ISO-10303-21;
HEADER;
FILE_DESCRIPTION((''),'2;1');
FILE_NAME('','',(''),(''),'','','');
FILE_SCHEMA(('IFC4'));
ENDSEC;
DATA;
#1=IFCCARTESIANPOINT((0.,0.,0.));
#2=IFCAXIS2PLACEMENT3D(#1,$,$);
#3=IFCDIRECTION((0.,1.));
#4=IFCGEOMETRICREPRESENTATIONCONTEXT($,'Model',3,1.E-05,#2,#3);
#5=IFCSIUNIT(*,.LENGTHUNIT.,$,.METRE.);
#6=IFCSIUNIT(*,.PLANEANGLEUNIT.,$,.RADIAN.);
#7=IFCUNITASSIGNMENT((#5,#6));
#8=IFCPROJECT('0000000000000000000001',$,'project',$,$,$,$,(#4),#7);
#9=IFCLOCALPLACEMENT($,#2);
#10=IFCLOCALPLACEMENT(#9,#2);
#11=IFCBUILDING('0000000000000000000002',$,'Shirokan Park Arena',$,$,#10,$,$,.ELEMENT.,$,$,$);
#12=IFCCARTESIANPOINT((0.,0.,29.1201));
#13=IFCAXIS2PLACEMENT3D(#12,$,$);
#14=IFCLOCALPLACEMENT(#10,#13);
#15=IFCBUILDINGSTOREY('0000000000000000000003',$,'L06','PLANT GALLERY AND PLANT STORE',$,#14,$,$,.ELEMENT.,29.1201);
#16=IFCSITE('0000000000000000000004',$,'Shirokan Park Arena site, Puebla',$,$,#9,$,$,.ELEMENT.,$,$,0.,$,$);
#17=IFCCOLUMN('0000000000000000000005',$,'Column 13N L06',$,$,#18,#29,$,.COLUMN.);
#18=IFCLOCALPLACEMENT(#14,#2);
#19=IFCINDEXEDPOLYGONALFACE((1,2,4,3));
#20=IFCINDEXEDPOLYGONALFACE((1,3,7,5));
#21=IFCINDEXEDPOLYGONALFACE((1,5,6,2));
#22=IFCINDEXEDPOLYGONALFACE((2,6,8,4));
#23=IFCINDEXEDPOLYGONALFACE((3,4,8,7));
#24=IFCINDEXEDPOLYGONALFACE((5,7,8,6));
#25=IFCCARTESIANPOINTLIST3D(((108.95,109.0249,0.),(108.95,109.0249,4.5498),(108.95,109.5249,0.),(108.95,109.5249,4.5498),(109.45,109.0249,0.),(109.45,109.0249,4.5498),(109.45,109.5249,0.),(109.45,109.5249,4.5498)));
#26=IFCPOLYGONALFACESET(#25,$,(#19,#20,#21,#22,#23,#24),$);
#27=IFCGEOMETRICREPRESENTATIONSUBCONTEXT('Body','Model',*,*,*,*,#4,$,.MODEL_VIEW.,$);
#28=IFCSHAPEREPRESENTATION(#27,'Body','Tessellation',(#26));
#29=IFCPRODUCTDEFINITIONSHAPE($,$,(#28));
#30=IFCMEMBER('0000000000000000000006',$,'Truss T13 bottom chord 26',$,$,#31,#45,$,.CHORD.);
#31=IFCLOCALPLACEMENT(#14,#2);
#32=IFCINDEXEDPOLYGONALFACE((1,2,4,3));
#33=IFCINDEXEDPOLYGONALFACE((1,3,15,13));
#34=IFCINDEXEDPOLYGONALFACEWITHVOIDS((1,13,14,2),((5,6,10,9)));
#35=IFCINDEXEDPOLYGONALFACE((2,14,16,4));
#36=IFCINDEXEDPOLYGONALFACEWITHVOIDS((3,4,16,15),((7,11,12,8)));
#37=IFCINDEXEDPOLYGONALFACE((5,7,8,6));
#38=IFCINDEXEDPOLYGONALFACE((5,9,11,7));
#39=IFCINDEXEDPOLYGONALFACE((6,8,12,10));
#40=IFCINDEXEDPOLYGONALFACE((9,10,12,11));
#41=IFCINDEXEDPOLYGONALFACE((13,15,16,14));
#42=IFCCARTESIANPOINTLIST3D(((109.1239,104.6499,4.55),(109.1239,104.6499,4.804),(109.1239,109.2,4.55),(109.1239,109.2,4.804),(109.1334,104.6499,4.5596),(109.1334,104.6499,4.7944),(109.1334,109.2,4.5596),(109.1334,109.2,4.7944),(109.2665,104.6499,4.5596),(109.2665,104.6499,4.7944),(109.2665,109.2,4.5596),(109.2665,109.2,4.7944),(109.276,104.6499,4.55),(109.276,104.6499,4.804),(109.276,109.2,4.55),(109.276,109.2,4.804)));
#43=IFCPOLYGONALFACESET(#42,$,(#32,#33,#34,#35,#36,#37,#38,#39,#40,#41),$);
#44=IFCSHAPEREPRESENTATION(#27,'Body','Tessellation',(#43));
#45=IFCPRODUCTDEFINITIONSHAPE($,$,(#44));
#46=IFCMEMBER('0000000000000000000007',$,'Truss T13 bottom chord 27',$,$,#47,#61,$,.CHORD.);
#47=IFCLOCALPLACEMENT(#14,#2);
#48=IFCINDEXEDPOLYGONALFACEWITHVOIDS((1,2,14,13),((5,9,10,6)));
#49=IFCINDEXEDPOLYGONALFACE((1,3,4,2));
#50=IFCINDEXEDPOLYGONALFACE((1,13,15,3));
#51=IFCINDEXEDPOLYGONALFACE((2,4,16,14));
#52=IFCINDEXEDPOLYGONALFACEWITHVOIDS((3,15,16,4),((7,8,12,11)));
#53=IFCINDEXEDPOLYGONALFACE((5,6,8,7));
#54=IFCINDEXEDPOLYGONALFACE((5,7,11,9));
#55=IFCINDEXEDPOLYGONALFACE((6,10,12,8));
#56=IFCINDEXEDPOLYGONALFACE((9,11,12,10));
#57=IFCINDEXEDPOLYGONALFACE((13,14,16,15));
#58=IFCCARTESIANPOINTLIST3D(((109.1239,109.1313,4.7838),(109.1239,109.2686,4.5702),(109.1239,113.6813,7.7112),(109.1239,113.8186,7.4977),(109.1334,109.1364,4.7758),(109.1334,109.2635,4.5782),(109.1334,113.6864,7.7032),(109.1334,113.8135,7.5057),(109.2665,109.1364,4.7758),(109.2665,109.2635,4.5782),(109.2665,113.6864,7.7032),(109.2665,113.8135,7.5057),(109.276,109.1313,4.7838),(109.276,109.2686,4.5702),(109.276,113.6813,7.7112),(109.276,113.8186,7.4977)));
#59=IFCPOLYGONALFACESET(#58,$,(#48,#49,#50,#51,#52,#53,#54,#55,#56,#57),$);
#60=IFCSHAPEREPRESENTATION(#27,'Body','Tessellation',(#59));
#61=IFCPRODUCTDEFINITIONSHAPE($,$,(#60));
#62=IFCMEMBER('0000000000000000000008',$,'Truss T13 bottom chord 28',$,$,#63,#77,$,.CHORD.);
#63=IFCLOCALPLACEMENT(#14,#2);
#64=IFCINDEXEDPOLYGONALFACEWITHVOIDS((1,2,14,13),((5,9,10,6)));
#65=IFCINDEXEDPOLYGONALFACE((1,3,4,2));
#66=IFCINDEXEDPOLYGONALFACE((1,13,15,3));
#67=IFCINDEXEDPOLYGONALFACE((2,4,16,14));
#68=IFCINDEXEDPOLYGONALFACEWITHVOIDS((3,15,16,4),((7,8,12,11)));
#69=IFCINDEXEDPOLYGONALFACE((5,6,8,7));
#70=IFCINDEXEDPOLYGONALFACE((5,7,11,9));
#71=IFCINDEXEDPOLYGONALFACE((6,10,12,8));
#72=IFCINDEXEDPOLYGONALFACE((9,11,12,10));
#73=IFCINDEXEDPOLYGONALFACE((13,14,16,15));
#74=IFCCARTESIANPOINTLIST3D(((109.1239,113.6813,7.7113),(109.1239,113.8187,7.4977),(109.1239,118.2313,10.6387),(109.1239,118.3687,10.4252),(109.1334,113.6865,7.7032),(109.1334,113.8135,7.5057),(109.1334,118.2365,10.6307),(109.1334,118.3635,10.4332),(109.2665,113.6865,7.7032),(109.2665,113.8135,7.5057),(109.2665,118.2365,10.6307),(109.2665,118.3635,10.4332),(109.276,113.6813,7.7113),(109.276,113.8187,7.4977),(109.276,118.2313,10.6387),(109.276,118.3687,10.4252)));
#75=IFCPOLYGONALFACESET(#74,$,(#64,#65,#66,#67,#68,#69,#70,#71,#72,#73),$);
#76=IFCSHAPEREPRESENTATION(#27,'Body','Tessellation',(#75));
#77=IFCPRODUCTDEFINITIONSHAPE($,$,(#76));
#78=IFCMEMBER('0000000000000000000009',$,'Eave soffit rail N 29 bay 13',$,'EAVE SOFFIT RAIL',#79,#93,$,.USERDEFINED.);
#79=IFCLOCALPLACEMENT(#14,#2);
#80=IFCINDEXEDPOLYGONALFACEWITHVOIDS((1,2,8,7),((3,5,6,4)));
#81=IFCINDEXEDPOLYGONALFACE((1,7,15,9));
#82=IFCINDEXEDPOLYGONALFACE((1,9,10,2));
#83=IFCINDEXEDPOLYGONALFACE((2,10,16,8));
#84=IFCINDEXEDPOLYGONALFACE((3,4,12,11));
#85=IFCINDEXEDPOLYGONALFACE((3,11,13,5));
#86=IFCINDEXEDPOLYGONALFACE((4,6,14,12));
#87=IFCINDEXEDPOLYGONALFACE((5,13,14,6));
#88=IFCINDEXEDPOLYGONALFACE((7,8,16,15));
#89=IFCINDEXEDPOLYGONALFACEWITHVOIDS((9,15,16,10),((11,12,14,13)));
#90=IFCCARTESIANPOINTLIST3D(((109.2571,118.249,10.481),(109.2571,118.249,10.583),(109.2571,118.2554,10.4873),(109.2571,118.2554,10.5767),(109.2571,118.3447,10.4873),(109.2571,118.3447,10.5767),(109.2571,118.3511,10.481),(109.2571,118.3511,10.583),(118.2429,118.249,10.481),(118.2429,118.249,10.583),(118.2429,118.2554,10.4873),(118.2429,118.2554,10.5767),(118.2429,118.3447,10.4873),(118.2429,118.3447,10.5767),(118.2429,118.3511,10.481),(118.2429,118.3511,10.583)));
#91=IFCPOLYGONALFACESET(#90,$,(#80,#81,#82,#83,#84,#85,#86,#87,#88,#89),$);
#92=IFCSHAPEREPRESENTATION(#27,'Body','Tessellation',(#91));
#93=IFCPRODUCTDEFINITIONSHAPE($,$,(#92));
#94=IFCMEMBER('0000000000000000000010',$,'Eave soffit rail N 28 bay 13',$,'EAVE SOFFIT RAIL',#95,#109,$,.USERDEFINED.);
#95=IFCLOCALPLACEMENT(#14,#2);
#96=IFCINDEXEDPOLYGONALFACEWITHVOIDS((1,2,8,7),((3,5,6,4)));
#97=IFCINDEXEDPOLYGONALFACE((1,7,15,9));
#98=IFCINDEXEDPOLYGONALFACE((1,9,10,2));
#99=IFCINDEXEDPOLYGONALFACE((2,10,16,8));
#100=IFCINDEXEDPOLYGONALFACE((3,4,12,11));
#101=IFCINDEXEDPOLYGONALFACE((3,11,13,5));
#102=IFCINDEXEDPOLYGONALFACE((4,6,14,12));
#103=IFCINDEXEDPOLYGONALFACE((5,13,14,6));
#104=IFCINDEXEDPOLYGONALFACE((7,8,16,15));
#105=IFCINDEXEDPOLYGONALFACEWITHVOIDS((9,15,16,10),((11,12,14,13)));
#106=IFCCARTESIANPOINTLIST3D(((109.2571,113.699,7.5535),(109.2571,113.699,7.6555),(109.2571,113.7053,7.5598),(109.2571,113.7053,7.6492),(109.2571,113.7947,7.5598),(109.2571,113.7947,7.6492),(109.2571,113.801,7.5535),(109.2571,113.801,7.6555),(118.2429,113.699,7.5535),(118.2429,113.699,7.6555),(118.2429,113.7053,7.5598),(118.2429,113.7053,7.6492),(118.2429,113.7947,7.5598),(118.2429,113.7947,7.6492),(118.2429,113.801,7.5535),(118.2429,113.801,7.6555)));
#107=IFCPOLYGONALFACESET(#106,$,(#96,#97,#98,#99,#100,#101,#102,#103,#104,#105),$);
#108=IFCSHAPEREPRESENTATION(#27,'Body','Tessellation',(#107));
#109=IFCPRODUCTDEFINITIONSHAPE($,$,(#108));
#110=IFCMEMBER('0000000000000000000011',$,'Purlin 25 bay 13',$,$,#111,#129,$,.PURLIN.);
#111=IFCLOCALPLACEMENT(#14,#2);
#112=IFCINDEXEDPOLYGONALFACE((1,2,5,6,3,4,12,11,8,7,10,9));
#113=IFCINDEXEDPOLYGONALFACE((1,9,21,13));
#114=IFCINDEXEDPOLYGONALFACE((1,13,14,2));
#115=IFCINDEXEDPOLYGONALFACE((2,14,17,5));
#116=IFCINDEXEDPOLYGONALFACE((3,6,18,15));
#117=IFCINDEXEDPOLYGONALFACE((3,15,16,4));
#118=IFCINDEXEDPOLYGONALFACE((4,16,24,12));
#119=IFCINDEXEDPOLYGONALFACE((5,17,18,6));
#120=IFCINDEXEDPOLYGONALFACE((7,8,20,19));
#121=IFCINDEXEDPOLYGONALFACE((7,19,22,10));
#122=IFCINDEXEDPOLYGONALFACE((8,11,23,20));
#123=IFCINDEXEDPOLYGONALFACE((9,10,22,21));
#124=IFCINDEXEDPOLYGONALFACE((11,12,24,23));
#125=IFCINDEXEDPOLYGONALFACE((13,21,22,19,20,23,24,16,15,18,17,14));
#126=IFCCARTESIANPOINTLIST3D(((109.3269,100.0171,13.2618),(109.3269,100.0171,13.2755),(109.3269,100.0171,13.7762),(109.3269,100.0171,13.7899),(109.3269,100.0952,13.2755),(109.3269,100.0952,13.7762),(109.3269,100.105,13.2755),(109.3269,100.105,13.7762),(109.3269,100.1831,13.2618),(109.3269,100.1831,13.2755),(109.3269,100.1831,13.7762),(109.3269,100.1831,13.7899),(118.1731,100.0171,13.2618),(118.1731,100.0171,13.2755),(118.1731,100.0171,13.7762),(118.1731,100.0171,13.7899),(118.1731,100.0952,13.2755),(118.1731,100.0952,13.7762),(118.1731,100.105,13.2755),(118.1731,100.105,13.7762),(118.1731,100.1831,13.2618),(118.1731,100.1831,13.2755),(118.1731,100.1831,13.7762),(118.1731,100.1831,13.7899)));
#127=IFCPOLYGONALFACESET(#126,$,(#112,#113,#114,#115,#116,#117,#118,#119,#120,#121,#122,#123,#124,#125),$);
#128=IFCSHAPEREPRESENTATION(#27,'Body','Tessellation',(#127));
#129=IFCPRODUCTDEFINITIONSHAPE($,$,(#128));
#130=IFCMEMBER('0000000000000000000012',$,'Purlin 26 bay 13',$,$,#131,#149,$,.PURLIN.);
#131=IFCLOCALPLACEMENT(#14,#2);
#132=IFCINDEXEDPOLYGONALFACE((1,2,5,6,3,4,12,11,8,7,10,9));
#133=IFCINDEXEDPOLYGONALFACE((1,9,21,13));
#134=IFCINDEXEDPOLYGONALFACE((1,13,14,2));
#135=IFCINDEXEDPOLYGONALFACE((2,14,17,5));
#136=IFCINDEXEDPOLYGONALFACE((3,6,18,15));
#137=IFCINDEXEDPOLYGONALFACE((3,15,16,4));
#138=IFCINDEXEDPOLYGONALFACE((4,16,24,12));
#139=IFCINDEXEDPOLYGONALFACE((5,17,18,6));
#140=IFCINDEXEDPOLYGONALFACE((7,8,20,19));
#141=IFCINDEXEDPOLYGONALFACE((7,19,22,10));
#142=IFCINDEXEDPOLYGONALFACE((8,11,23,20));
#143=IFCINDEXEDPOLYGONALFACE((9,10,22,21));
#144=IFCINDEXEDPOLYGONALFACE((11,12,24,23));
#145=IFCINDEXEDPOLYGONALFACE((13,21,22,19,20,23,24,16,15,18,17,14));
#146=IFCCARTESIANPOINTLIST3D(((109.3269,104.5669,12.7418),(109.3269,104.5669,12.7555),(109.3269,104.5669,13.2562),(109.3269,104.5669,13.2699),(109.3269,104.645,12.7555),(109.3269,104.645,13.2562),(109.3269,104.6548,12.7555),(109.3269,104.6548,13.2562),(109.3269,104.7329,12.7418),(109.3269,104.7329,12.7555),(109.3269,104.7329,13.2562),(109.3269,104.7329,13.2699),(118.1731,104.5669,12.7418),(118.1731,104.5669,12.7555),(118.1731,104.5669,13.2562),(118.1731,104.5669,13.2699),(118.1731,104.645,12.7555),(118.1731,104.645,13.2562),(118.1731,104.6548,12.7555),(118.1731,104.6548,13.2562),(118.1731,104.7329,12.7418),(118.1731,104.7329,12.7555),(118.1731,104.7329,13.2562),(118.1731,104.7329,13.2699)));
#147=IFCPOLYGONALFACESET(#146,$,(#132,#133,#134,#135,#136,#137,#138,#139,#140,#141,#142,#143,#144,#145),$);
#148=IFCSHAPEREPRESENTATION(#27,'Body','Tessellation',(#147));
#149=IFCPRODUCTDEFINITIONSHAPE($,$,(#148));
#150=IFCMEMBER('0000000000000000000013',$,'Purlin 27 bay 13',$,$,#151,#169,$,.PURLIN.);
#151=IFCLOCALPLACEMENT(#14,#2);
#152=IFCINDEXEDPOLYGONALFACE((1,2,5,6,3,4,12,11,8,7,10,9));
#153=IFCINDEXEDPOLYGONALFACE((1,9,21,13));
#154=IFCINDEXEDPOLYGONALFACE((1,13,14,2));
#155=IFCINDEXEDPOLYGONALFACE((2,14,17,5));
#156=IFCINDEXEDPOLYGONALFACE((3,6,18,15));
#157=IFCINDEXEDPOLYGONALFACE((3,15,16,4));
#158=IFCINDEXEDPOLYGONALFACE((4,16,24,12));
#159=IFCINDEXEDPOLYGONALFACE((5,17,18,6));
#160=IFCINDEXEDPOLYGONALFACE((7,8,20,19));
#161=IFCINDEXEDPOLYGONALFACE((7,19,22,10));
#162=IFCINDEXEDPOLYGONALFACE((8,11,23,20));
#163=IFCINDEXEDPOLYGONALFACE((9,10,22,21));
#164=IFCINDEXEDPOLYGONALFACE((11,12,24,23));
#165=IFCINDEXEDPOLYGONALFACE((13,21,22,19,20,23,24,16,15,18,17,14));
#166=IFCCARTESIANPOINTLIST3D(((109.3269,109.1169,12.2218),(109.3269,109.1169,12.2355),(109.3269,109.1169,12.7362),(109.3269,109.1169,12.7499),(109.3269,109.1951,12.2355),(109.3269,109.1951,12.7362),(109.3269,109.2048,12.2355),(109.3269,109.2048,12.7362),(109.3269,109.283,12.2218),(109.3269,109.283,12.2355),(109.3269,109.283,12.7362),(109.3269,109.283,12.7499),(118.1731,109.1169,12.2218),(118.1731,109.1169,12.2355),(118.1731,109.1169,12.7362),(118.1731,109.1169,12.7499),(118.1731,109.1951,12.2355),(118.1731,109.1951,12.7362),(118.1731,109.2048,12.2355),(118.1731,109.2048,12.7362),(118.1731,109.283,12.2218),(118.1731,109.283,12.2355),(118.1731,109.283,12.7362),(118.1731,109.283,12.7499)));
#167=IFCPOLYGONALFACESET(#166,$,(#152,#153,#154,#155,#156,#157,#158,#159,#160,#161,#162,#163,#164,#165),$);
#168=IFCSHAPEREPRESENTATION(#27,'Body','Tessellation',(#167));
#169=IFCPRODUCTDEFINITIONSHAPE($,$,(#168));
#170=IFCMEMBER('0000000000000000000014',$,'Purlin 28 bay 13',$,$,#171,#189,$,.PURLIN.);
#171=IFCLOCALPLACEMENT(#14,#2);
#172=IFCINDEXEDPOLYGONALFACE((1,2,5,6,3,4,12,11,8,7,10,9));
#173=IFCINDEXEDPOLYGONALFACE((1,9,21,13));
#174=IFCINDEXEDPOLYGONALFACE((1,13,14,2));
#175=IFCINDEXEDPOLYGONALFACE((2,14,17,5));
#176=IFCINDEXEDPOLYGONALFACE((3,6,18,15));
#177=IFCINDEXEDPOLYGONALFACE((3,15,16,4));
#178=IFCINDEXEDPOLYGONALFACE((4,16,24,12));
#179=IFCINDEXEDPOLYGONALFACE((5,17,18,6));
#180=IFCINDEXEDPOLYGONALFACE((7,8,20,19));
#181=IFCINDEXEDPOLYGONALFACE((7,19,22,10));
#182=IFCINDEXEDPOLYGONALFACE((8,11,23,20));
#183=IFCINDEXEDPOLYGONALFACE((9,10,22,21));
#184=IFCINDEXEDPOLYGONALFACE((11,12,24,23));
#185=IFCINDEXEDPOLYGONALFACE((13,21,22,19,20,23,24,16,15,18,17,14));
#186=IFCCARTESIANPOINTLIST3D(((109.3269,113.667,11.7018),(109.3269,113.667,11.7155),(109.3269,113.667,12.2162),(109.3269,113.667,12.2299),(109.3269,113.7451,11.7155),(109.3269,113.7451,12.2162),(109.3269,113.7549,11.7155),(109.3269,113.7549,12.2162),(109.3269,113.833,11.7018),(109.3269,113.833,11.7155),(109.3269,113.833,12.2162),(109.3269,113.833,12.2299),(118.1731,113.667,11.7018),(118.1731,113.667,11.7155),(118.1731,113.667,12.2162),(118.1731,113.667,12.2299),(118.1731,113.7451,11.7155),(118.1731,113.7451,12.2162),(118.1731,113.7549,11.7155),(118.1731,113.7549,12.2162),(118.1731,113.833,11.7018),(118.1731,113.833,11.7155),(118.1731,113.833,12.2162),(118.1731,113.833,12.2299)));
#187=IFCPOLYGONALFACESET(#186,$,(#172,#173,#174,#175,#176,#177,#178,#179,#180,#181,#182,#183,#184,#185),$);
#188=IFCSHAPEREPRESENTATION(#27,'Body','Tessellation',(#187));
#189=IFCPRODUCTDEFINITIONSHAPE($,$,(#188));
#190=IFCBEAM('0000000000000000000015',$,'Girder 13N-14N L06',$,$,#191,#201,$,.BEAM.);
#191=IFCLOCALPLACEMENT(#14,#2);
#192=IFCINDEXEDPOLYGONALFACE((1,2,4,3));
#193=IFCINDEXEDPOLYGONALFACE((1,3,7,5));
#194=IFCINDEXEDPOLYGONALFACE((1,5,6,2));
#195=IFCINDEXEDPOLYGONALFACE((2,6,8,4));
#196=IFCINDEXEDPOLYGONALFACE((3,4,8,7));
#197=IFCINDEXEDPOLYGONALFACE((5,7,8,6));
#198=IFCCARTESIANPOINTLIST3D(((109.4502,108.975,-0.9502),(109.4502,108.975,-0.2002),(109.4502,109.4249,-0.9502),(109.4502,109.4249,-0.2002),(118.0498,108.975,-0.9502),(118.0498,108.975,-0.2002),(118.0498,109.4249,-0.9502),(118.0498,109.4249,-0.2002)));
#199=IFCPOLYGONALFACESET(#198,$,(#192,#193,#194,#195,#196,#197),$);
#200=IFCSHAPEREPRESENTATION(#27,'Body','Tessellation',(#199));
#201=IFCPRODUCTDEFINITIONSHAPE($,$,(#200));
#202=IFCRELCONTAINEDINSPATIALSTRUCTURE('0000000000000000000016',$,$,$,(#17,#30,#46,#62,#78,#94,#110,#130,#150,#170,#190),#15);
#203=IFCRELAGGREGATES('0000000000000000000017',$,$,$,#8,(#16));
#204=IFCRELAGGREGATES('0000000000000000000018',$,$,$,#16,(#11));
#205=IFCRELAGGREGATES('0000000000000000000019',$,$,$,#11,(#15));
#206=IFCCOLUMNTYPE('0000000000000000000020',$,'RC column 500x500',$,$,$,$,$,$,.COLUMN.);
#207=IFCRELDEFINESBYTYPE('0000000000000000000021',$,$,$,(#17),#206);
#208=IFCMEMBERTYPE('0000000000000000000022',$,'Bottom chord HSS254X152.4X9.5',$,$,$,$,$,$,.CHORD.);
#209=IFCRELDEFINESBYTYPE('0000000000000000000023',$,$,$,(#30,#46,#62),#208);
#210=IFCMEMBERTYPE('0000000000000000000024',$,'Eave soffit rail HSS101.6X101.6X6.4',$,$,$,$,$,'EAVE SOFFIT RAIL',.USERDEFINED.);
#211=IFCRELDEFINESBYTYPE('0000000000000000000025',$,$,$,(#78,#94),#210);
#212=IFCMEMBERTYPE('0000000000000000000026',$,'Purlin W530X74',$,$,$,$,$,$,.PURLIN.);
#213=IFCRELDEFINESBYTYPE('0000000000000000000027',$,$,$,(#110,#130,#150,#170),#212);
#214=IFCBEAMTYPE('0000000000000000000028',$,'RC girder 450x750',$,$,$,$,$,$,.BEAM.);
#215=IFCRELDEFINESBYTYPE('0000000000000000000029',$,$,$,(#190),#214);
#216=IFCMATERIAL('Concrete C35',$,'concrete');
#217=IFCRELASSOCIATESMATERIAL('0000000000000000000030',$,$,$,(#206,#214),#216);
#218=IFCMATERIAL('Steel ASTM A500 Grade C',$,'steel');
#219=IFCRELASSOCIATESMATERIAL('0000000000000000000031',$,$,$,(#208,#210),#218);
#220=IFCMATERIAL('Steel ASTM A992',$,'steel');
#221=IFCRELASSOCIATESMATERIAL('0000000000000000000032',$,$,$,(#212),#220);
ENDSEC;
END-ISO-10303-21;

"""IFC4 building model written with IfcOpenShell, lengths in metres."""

from ifc_helpers import new_model, si_unit, direction, frame, origin, origin_2d, place, context, subcontext, project, spatial, rectangle, hollow_rectangle, i_section, extrude, material, material_profile, profile_set, type_object, element, save


model = new_model("IFC4")

# Units and contexts
model_context = context("Model", 3, precision=1e-05, world=origin(), true_north=direction((0.0, 1.0)))
body_context = subcontext(model_context, "Body", "Model", "MODEL_VIEW")
ifc_project = project(units=[si_unit("LENGTHUNIT", "METRE"), si_unit("PLANEANGLEUNIT", "RADIAN")], contexts=[model_context])

# Site, building, storey
site_placement = place(None, origin())
site = spatial("IfcSite", under=ifc_project, at=site_placement, Name="Shirokan Park Arena site, Puebla", CompositionType="ELEMENT", RefElevation=0.0)
building_placement = place(site_placement, origin())
building = spatial("IfcBuilding", under=site, at=building_placement, Name="Shirokan Park Arena", CompositionType="ELEMENT")
storey_placement = place(building_placement, frame((0.0, 0.0, 29.1201)))
storey = spatial("IfcBuildingStorey", under=building, at=storey_placement, Name="L06", Description="PLANT GALLERY AND PLANT STORE", CompositionType="ELEMENT", Elevation=29.1201)

# Column
ifc_material_1 = material(Name="Concrete C35", Category="concrete")
ifc_material_profile_1 = material_profile(ifc_material_1, rectangle(XDim=0.5, YDim=0.5, at=origin_2d()), Name="500x500")
ifc_profile_set_1 = profile_set([ifc_material_profile_1], Name="Concrete C35")
column_type = type_object("IfcColumnType", Name="RC column 500x500", PredefinedType="COLUMN", material=ifc_profile_set_1)
column_placement = place(storey_placement, frame((109.2, 109.2749, 0.0), z_axis=(0.0, 0.0, 1.0), x_axis=(1.0, 0.0, 0.0)))
element("IfcColumn", 1, at=column_placement, inside=storey, type_object=column_type, Name="Column 13N L06", PredefinedType="COLUMN", context=body_context, shape_type="SweptSolid", body=[
    extrude(rectangle(XDim=0.5, YDim=0.5, at=origin_2d()), origin(), (0.0, 0.0, 1.0), 4.5498),
])

# Members
ifc_material_2 = material(Name="Steel ASTM A500 Grade C", Category="steel")
ifc_material_profile_2 = material_profile(ifc_material_2, hollow_rectangle(XDim=0.1521, YDim=0.2539, WallThickness=0.0095, at=origin_2d()), Name="HSS254X152.4X9.5")
ifc_profile_set_2 = profile_set([ifc_material_profile_2], Name="Steel ASTM A500 Grade C")
member_type_1 = type_object("IfcMemberType", Name="Bottom chord HSS254X152.4X9.5", PredefinedType="CHORD", material=ifc_profile_set_2)
member_1_placement = place(storey_placement, frame((109.2, 104.6499, 4.677), z_axis=(0.0, 1.0, 0.0), x_axis=(-1.0, 0.0, 0.0)))
element("IfcMember", 2, at=member_1_placement, inside=storey, type_object=member_type_1, Name="Truss T13 bottom chord 26", PredefinedType="CHORD", context=body_context, shape_type="SweptSolid", body=[
    extrude(hollow_rectangle(XDim=0.1521, YDim=0.2539, WallThickness=0.0095, at=origin_2d()), origin(), (0.0, 0.0, 1.0), 4.55),
])
for number, where, z_axis, x_axis, name in (
    (3, (109.2, 109.2, 4.677), (0.0, 0.840972, 0.541079), (-1.0, 0.0, 0.0), "Truss T13 bottom chord 27"),
    (4, (109.2, 113.75, 7.6045), (0.0, 0.840972, 0.541079), (-1.0, 0.0, 0.0), "Truss T13 bottom chord 28"),
):
    element("IfcMember", number, at=place(storey_placement, frame(where, z_axis=z_axis, x_axis=x_axis)), inside=storey, type_object=member_type_1, Name=name, PredefinedType="CHORD", context=body_context, shape_type="SweptSolid", body=[
        extrude(hollow_rectangle(XDim=0.1521, YDim=0.2539, WallThickness=0.0095, at=origin_2d()), origin(), (0.0, 0.0, 1.0), 5.4104),
    ])
ifc_material_profile_3 = material_profile(ifc_material_2, hollow_rectangle(XDim=0.1021, YDim=0.1021, WallThickness=0.0063, at=origin_2d()), Name="HSS101.6X101.6X6.4")
ifc_profile_set_3 = profile_set([ifc_material_profile_3], Name="Steel ASTM A500 Grade C")
member_type_2 = type_object("IfcMemberType", Name="Eave soffit rail HSS101.6X101.6X6.4", ElementType="EAVE SOFFIT RAIL", PredefinedType="USERDEFINED", material=ifc_profile_set_3)
for number, where, z_axis, x_axis, name in (
    (5, (109.2571, 118.3, 10.532), (1.0, 0.0, 0.0), (0.0, 1.0, 0.0), "Eave soffit rail N 29 bay 13"),
    (6, (109.2571, 113.75, 7.6045), (1.0, 0.0, 0.0), (0.0, 1.0, 0.0), "Eave soffit rail N 28 bay 13"),
):
    element("IfcMember", number, at=place(storey_placement, frame(where, z_axis=z_axis, x_axis=x_axis)), inside=storey, type_object=member_type_2, Name=name, ObjectType="EAVE SOFFIT RAIL", PredefinedType="USERDEFINED", context=body_context, shape_type="SweptSolid", body=[
        extrude(hollow_rectangle(XDim=0.1021, YDim=0.1021, WallThickness=0.0063, at=origin_2d()), origin(), (0.0, 0.0, 1.0), 8.9858),
    ])
ifc_material_3 = material(Name="Steel ASTM A992", Category="steel")
ifc_material_profile_4 = material_profile(ifc_material_3, i_section(OverallWidth=0.166, OverallDepth=0.5281, WebThickness=0.0098, FlangeThickness=0.0137, at=origin_2d()), Name="W530X74")
ifc_profile_set_4 = profile_set([ifc_material_profile_4], Name="Steel ASTM A992")
member_type_3 = type_object("IfcMemberType", Name="Purlin W530X74", PredefinedType="PURLIN", material=ifc_profile_set_4)
for number, where, z_axis, x_axis, name in (
    (7, (109.3269, 100.1001, 13.5259), (1.0, 0.0, 0.0), (0.0, 1.0, 0.0), "Purlin 25 bay 13"),
    (8, (109.3269, 104.6499, 13.0059), (1.0, 0.0, 0.0), (0.0, 1.0, 0.0), "Purlin 26 bay 13"),
    (9, (109.3269, 109.2, 12.4858), (1.0, 0.0, 0.0), (0.0, 1.0, 0.0), "Purlin 27 bay 13"),
    (10, (109.3269, 113.75, 11.9658), (1.0, 0.0, 0.0), (0.0, 1.0, 0.0), "Purlin 28 bay 13"),
):
    element("IfcMember", number, at=place(storey_placement, frame(where, z_axis=z_axis, x_axis=x_axis)), inside=storey, type_object=member_type_3, Name=name, PredefinedType="PURLIN", context=body_context, shape_type="SweptSolid", body=[
        extrude(i_section(OverallWidth=0.166, OverallDepth=0.5281, WebThickness=0.0098, FlangeThickness=0.0137, at=origin_2d()), origin(), (0.0, 0.0, 1.0), 8.8462),
    ])

# Beam
ifc_material_profile_5 = material_profile(ifc_material_1, rectangle(XDim=0.45, YDim=0.75, at=origin_2d()), Name="450x750")
ifc_profile_set_5 = profile_set([ifc_material_profile_5], Name="Concrete C35")
beam_type_1 = type_object("IfcBeamType", Name="RC girder 450x750", PredefinedType="BEAM", material=ifc_profile_set_5)
beam_1_placement = place(storey_placement, frame((109.4502, 109.2, -0.5752), z_axis=(1.0, 0.0, 0.0), x_axis=(0.0, 1.0, 0.0)))
element("IfcBeam", 11, at=beam_1_placement, inside=storey, type_object=beam_type_1, Name="Girder 13N-14N L06", PredefinedType="BEAM", context=body_context, shape_type="SweptSolid", body=[
    extrude(rectangle(XDim=0.45, YDim=0.75, at=origin_2d()), origin(), (0.0, 0.0, 1.0), 8.5996),
])

save(model, "model.ifc")
